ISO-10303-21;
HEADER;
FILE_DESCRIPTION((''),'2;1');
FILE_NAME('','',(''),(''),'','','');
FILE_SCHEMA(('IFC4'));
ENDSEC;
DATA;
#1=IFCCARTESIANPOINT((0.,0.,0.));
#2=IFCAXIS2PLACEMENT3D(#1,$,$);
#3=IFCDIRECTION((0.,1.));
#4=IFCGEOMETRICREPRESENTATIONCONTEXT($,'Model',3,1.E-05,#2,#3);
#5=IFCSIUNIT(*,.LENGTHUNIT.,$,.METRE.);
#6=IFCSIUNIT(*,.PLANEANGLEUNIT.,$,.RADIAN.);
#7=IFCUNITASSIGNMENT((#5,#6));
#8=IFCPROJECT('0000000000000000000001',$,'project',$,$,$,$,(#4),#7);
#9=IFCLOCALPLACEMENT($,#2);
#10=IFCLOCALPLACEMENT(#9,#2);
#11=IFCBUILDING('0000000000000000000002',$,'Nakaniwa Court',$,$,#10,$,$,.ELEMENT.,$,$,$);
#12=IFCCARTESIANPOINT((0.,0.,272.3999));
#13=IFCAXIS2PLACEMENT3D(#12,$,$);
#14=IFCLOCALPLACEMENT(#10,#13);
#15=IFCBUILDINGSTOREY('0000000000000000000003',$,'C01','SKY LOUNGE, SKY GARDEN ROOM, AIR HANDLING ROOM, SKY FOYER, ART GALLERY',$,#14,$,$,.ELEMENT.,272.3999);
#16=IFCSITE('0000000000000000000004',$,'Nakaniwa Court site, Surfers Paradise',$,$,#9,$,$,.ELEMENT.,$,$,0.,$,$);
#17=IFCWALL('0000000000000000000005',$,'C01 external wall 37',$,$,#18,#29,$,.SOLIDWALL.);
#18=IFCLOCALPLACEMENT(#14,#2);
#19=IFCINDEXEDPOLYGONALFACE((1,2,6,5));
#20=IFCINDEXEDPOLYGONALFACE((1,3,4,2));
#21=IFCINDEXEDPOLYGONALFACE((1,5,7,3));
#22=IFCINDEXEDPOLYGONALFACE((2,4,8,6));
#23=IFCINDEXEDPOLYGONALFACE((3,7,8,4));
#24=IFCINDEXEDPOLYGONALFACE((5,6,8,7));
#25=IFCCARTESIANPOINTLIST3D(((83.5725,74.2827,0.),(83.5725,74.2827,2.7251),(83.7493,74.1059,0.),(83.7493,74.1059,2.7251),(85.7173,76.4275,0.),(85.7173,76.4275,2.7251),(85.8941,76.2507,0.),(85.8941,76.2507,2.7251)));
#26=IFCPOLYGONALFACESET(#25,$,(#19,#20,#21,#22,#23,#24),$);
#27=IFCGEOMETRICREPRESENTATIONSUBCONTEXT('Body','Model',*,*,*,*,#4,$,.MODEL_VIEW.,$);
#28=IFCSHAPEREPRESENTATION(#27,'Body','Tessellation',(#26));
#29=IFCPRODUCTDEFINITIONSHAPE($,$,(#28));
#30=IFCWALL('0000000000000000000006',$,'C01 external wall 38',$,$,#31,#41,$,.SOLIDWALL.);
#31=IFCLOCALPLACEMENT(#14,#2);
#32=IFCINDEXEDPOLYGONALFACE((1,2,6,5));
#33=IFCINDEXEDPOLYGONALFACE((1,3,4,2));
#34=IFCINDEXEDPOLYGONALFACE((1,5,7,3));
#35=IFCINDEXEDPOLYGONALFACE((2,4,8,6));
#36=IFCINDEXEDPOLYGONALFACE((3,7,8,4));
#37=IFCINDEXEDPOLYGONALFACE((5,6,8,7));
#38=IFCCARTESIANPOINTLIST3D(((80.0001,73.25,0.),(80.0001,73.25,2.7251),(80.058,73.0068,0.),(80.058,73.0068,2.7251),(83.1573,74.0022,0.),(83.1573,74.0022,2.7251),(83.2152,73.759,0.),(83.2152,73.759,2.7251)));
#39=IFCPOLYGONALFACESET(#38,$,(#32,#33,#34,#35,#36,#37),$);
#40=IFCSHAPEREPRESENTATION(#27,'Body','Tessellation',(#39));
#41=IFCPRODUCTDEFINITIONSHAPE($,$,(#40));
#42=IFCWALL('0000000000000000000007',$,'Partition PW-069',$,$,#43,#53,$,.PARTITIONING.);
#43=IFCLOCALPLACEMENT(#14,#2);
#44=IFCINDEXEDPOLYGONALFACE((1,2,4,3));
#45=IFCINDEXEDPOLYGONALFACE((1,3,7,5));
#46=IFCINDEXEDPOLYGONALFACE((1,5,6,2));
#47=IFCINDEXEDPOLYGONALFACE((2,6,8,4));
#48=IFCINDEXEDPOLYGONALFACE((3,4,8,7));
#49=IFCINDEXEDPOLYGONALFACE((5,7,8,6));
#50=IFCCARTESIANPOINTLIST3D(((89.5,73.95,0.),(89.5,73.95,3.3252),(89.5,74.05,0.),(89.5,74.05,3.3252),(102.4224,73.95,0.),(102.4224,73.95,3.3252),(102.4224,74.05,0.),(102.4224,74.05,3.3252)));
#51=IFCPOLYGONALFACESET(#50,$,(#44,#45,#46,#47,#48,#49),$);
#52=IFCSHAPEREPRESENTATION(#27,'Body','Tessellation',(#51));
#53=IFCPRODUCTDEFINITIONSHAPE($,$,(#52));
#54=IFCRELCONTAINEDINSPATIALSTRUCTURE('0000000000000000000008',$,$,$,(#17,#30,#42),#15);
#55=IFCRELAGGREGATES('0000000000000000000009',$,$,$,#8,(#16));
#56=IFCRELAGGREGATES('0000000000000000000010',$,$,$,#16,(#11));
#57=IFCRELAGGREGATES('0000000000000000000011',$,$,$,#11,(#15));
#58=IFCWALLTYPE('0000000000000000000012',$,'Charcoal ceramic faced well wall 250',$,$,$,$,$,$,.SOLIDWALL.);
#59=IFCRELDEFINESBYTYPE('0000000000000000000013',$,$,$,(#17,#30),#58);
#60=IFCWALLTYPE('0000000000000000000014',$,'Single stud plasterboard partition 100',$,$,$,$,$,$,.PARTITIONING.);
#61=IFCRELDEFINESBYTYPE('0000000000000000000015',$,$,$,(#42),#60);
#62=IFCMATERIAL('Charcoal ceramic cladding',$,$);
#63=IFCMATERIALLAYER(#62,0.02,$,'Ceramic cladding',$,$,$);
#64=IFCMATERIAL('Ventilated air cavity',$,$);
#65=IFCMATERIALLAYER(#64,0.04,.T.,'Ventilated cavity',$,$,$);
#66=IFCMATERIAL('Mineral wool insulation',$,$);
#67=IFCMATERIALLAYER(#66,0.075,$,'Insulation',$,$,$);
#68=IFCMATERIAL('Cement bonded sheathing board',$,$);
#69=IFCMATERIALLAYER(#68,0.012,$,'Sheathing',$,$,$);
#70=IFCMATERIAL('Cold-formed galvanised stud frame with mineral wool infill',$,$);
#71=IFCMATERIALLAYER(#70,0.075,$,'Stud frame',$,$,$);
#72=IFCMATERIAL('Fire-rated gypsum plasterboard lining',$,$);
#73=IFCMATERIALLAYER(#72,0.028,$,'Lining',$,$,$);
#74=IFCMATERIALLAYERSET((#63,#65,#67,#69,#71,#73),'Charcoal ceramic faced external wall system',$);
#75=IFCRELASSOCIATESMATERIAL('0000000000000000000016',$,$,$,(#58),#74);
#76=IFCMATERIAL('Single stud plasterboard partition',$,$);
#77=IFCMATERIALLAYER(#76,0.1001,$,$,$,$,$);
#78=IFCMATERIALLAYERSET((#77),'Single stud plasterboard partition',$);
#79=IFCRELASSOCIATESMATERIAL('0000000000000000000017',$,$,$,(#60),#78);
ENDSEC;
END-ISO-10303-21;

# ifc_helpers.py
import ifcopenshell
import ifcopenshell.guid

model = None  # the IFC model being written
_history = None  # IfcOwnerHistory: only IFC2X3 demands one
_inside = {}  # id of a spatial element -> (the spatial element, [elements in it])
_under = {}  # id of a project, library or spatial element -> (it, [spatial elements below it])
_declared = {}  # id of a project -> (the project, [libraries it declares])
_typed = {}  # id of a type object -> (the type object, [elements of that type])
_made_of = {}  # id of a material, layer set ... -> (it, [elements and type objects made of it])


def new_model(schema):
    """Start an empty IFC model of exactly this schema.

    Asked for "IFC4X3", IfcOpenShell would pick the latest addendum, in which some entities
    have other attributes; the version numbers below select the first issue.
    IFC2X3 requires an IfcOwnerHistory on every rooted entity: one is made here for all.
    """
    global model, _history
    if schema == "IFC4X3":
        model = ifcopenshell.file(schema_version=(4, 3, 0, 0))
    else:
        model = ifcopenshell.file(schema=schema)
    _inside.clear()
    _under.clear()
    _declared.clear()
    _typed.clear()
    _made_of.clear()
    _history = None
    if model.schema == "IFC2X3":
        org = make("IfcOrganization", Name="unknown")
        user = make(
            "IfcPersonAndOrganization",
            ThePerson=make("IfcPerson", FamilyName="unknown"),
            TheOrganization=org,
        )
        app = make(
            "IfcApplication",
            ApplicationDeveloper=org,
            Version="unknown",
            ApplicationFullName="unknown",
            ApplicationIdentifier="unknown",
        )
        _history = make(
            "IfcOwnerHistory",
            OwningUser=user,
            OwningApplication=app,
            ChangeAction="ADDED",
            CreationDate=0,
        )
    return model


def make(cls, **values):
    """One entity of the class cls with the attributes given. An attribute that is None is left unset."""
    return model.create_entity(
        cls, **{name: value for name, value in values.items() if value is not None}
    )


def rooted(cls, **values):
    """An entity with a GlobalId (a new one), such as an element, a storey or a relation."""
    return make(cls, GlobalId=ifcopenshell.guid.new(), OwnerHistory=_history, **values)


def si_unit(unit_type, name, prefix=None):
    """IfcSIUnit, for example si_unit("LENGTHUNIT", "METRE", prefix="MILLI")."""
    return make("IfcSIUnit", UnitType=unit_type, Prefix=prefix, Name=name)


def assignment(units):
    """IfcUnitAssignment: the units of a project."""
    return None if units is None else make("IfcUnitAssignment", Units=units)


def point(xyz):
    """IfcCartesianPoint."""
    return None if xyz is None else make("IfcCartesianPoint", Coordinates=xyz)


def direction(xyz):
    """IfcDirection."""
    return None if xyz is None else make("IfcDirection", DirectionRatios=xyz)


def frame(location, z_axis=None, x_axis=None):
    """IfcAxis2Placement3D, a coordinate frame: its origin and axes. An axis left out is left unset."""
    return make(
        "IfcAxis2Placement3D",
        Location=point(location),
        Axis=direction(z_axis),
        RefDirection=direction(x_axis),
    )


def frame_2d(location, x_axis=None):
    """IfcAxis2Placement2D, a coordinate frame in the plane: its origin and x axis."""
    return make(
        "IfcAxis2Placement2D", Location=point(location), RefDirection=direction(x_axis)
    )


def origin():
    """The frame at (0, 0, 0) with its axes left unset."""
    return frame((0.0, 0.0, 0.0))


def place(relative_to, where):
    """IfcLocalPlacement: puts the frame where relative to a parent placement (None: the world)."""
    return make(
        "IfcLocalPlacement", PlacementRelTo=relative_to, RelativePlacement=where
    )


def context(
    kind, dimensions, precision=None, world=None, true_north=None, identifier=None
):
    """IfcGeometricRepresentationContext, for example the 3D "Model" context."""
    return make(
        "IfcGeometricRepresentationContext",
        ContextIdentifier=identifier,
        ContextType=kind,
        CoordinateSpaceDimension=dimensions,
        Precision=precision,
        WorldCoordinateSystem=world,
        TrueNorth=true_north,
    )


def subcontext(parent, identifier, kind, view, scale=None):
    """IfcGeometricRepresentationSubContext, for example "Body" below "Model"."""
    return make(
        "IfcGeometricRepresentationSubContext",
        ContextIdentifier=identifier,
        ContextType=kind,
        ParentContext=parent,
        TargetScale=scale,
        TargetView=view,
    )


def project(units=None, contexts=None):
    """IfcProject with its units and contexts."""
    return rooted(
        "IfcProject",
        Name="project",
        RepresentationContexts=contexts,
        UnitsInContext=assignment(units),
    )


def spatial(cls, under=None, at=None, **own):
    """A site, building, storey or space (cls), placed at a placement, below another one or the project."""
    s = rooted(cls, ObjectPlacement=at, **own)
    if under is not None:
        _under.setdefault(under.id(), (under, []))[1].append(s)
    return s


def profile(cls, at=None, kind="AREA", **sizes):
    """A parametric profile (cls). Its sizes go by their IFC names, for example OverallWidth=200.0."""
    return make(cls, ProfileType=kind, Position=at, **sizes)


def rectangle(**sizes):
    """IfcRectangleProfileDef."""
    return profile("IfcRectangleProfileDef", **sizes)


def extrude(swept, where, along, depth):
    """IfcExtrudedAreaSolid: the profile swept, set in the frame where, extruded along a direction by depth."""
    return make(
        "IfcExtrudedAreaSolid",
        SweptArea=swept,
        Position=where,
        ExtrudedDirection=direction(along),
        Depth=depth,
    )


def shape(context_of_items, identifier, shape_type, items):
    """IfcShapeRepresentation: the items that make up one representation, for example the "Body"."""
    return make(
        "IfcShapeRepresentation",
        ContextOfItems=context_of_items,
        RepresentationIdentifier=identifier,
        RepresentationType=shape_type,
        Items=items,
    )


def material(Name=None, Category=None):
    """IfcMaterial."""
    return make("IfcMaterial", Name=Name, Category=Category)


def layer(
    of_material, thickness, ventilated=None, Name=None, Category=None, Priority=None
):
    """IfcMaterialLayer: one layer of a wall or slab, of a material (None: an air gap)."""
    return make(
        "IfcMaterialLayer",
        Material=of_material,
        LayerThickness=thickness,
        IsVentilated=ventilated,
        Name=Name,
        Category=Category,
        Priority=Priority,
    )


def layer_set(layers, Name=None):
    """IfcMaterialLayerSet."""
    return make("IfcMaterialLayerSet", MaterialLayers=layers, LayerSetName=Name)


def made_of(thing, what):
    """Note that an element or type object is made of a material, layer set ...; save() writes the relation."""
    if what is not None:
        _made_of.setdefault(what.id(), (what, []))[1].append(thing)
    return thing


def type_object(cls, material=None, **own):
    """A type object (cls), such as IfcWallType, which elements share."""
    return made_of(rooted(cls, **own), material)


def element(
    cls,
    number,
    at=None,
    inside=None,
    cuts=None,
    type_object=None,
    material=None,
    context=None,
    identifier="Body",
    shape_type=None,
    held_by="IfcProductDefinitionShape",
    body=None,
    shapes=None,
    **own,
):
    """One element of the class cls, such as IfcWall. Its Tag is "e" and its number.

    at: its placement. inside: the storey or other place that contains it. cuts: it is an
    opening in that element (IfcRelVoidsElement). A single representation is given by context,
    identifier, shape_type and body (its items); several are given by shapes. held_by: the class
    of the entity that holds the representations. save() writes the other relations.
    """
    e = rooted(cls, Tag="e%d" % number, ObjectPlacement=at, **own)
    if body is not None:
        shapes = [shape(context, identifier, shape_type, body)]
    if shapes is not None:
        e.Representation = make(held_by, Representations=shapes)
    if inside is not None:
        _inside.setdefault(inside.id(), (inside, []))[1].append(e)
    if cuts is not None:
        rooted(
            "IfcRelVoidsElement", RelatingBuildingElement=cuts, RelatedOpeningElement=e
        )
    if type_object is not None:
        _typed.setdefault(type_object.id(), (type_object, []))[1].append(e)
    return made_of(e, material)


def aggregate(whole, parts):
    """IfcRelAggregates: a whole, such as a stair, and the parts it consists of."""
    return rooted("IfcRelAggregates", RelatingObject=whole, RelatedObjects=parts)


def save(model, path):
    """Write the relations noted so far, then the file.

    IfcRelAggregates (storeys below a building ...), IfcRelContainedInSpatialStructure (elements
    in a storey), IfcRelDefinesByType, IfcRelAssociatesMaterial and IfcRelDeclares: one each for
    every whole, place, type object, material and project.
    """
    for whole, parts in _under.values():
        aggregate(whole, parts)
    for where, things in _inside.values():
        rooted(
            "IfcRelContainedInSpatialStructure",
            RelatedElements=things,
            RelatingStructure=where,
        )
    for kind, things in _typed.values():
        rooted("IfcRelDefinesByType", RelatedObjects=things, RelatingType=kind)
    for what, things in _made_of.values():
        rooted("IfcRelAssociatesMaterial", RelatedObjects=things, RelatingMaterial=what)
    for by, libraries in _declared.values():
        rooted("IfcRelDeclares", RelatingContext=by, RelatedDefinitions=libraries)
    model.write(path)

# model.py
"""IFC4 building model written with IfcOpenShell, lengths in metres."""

from ifc_helpers import new_model, si_unit, direction, frame, frame_2d, origin, place, context, subcontext, project, spatial, rectangle, extrude, material, layer, layer_set, type_object, element, save


model = new_model("IFC4")

# Units and contexts
model_context = context("Model", 3, precision=1e-05, world=origin(), true_north=direction((0.0, 1.0)))
body_context = subcontext(model_context, "Body", "Model", "MODEL_VIEW")
ifc_project = project(units=[si_unit("LENGTHUNIT", "METRE"), si_unit("PLANEANGLEUNIT", "RADIAN")], contexts=[model_context])

# Site, building, storey
site_placement = place(None, origin())
site = spatial("IfcSite", under=ifc_project, at=site_placement, Name="Nakaniwa Court site, Surfers Paradise", CompositionType="ELEMENT", RefElevation=0.0)
building_placement = place(site_placement, origin())
building = spatial("IfcBuilding", under=site, at=building_placement, Name="Nakaniwa Court", CompositionType="ELEMENT")
storey_placement = place(building_placement, frame((0.0, 0.0, 272.3999)))
storey = spatial("IfcBuildingStorey", under=building, at=storey_placement, Name="C01", Description="SKY LOUNGE, SKY GARDEN ROOM, AIR HANDLING ROOM, SKY FOYER, ART GALLERY", CompositionType="ELEMENT", Elevation=272.3999)

# Walls
ifc_material_1 = material(Name="Charcoal ceramic cladding")
ifc_layer_1 = layer(ifc_material_1, 0.02, Name="Ceramic cladding")
ifc_material_2 = material(Name="Ventilated air cavity")
ifc_layer_2 = layer(ifc_material_2, 0.04, ventilated=True, Name="Ventilated cavity")
ifc_material_3 = material(Name="Mineral wool insulation")
ifc_layer_3 = layer(ifc_material_3, 0.075, Name="Insulation")
ifc_material_4 = material(Name="Cement bonded sheathing board")
ifc_layer_4 = layer(ifc_material_4, 0.012, Name="Sheathing")
ifc_material_5 = material(Name="Cold-formed galvanised stud frame with mineral wool infill")
ifc_layer_5 = layer(ifc_material_5, 0.075, Name="Stud frame")
ifc_material_6 = material(Name="Fire-rated gypsum plasterboard lining")
ifc_layer_6 = layer(ifc_material_6, 0.028, Name="Lining")
ifc_layer_set_1 = layer_set([ifc_layer_1, ifc_layer_2, ifc_layer_3, ifc_layer_4, ifc_layer_5, ifc_layer_6], Name="Charcoal ceramic faced external wall system")
wall_type_1 = type_object("IfcWallType", Name="Charcoal ceramic faced well wall 250", PredefinedType="SOLIDWALL", material=ifc_layer_set_1)
wall_1_placement = place(storey_placement, frame((85.8057, 76.3391, 0.0), z_axis=(0.0, 0.0, 1.0), x_axis=(-0.707107, -0.707107, 0.0)))
element("IfcWall", 1, at=wall_1_placement, inside=storey, type_object=wall_type_1, Name="C01 external wall 37", PredefinedType="SOLIDWALL", context=body_context, shape_type="SweptSolid", body=[
    extrude(rectangle(XDim=3.0332, YDim=0.25, at=frame_2d((1.5166, 0.0))), origin(), (0.0, 0.0, 1.0), 2.7251),
])
wall_2_placement = place(storey_placement, frame((83.1863, 73.8806, 0.0), z_axis=(0.0, 0.0, 1.0), x_axis=(-0.972773, -0.23176, 0.0)))
element("IfcWall", 2, at=wall_2_placement, inside=storey, type_object=wall_type_1, Name="C01 external wall 38", PredefinedType="SOLIDWALL", context=body_context, shape_type="SweptSolid", body=[
    extrude(rectangle(XDim=3.2456, YDim=0.25, at=frame_2d((1.6228, 0.0))), origin(), (0.0, 0.0, 1.0), 2.7251),
])
ifc_material_7 = material(Name="Single stud plasterboard partition")
ifc_layer_7 = layer(ifc_material_7, 0.1001)
ifc_layer_set_2 = layer_set([ifc_layer_7], Name="Single stud plasterboard partition")
wall_type_2 = type_object("IfcWallType", Name="Single stud plasterboard partition 100", PredefinedType="PARTITIONING", material=ifc_layer_set_2)
wall_3_placement = place(storey_placement, frame((89.5, 74.0, 0.0), z_axis=(0.0, 0.0, 1.0), x_axis=(1.0, 0.0, 0.0)))
element("IfcWall", 3, at=wall_3_placement, inside=storey, type_object=wall_type_2, Name="Partition PW-069", PredefinedType="PARTITIONING", context=body_context, shape_type="SweptSolid", body=[
    extrude(rectangle(XDim=12.9224, YDim=0.1001, at=frame_2d((6.4612, 0.0))), origin(), (0.0, 0.0, 1.0), 3.3252),
])

save(model, "model.ifc")
